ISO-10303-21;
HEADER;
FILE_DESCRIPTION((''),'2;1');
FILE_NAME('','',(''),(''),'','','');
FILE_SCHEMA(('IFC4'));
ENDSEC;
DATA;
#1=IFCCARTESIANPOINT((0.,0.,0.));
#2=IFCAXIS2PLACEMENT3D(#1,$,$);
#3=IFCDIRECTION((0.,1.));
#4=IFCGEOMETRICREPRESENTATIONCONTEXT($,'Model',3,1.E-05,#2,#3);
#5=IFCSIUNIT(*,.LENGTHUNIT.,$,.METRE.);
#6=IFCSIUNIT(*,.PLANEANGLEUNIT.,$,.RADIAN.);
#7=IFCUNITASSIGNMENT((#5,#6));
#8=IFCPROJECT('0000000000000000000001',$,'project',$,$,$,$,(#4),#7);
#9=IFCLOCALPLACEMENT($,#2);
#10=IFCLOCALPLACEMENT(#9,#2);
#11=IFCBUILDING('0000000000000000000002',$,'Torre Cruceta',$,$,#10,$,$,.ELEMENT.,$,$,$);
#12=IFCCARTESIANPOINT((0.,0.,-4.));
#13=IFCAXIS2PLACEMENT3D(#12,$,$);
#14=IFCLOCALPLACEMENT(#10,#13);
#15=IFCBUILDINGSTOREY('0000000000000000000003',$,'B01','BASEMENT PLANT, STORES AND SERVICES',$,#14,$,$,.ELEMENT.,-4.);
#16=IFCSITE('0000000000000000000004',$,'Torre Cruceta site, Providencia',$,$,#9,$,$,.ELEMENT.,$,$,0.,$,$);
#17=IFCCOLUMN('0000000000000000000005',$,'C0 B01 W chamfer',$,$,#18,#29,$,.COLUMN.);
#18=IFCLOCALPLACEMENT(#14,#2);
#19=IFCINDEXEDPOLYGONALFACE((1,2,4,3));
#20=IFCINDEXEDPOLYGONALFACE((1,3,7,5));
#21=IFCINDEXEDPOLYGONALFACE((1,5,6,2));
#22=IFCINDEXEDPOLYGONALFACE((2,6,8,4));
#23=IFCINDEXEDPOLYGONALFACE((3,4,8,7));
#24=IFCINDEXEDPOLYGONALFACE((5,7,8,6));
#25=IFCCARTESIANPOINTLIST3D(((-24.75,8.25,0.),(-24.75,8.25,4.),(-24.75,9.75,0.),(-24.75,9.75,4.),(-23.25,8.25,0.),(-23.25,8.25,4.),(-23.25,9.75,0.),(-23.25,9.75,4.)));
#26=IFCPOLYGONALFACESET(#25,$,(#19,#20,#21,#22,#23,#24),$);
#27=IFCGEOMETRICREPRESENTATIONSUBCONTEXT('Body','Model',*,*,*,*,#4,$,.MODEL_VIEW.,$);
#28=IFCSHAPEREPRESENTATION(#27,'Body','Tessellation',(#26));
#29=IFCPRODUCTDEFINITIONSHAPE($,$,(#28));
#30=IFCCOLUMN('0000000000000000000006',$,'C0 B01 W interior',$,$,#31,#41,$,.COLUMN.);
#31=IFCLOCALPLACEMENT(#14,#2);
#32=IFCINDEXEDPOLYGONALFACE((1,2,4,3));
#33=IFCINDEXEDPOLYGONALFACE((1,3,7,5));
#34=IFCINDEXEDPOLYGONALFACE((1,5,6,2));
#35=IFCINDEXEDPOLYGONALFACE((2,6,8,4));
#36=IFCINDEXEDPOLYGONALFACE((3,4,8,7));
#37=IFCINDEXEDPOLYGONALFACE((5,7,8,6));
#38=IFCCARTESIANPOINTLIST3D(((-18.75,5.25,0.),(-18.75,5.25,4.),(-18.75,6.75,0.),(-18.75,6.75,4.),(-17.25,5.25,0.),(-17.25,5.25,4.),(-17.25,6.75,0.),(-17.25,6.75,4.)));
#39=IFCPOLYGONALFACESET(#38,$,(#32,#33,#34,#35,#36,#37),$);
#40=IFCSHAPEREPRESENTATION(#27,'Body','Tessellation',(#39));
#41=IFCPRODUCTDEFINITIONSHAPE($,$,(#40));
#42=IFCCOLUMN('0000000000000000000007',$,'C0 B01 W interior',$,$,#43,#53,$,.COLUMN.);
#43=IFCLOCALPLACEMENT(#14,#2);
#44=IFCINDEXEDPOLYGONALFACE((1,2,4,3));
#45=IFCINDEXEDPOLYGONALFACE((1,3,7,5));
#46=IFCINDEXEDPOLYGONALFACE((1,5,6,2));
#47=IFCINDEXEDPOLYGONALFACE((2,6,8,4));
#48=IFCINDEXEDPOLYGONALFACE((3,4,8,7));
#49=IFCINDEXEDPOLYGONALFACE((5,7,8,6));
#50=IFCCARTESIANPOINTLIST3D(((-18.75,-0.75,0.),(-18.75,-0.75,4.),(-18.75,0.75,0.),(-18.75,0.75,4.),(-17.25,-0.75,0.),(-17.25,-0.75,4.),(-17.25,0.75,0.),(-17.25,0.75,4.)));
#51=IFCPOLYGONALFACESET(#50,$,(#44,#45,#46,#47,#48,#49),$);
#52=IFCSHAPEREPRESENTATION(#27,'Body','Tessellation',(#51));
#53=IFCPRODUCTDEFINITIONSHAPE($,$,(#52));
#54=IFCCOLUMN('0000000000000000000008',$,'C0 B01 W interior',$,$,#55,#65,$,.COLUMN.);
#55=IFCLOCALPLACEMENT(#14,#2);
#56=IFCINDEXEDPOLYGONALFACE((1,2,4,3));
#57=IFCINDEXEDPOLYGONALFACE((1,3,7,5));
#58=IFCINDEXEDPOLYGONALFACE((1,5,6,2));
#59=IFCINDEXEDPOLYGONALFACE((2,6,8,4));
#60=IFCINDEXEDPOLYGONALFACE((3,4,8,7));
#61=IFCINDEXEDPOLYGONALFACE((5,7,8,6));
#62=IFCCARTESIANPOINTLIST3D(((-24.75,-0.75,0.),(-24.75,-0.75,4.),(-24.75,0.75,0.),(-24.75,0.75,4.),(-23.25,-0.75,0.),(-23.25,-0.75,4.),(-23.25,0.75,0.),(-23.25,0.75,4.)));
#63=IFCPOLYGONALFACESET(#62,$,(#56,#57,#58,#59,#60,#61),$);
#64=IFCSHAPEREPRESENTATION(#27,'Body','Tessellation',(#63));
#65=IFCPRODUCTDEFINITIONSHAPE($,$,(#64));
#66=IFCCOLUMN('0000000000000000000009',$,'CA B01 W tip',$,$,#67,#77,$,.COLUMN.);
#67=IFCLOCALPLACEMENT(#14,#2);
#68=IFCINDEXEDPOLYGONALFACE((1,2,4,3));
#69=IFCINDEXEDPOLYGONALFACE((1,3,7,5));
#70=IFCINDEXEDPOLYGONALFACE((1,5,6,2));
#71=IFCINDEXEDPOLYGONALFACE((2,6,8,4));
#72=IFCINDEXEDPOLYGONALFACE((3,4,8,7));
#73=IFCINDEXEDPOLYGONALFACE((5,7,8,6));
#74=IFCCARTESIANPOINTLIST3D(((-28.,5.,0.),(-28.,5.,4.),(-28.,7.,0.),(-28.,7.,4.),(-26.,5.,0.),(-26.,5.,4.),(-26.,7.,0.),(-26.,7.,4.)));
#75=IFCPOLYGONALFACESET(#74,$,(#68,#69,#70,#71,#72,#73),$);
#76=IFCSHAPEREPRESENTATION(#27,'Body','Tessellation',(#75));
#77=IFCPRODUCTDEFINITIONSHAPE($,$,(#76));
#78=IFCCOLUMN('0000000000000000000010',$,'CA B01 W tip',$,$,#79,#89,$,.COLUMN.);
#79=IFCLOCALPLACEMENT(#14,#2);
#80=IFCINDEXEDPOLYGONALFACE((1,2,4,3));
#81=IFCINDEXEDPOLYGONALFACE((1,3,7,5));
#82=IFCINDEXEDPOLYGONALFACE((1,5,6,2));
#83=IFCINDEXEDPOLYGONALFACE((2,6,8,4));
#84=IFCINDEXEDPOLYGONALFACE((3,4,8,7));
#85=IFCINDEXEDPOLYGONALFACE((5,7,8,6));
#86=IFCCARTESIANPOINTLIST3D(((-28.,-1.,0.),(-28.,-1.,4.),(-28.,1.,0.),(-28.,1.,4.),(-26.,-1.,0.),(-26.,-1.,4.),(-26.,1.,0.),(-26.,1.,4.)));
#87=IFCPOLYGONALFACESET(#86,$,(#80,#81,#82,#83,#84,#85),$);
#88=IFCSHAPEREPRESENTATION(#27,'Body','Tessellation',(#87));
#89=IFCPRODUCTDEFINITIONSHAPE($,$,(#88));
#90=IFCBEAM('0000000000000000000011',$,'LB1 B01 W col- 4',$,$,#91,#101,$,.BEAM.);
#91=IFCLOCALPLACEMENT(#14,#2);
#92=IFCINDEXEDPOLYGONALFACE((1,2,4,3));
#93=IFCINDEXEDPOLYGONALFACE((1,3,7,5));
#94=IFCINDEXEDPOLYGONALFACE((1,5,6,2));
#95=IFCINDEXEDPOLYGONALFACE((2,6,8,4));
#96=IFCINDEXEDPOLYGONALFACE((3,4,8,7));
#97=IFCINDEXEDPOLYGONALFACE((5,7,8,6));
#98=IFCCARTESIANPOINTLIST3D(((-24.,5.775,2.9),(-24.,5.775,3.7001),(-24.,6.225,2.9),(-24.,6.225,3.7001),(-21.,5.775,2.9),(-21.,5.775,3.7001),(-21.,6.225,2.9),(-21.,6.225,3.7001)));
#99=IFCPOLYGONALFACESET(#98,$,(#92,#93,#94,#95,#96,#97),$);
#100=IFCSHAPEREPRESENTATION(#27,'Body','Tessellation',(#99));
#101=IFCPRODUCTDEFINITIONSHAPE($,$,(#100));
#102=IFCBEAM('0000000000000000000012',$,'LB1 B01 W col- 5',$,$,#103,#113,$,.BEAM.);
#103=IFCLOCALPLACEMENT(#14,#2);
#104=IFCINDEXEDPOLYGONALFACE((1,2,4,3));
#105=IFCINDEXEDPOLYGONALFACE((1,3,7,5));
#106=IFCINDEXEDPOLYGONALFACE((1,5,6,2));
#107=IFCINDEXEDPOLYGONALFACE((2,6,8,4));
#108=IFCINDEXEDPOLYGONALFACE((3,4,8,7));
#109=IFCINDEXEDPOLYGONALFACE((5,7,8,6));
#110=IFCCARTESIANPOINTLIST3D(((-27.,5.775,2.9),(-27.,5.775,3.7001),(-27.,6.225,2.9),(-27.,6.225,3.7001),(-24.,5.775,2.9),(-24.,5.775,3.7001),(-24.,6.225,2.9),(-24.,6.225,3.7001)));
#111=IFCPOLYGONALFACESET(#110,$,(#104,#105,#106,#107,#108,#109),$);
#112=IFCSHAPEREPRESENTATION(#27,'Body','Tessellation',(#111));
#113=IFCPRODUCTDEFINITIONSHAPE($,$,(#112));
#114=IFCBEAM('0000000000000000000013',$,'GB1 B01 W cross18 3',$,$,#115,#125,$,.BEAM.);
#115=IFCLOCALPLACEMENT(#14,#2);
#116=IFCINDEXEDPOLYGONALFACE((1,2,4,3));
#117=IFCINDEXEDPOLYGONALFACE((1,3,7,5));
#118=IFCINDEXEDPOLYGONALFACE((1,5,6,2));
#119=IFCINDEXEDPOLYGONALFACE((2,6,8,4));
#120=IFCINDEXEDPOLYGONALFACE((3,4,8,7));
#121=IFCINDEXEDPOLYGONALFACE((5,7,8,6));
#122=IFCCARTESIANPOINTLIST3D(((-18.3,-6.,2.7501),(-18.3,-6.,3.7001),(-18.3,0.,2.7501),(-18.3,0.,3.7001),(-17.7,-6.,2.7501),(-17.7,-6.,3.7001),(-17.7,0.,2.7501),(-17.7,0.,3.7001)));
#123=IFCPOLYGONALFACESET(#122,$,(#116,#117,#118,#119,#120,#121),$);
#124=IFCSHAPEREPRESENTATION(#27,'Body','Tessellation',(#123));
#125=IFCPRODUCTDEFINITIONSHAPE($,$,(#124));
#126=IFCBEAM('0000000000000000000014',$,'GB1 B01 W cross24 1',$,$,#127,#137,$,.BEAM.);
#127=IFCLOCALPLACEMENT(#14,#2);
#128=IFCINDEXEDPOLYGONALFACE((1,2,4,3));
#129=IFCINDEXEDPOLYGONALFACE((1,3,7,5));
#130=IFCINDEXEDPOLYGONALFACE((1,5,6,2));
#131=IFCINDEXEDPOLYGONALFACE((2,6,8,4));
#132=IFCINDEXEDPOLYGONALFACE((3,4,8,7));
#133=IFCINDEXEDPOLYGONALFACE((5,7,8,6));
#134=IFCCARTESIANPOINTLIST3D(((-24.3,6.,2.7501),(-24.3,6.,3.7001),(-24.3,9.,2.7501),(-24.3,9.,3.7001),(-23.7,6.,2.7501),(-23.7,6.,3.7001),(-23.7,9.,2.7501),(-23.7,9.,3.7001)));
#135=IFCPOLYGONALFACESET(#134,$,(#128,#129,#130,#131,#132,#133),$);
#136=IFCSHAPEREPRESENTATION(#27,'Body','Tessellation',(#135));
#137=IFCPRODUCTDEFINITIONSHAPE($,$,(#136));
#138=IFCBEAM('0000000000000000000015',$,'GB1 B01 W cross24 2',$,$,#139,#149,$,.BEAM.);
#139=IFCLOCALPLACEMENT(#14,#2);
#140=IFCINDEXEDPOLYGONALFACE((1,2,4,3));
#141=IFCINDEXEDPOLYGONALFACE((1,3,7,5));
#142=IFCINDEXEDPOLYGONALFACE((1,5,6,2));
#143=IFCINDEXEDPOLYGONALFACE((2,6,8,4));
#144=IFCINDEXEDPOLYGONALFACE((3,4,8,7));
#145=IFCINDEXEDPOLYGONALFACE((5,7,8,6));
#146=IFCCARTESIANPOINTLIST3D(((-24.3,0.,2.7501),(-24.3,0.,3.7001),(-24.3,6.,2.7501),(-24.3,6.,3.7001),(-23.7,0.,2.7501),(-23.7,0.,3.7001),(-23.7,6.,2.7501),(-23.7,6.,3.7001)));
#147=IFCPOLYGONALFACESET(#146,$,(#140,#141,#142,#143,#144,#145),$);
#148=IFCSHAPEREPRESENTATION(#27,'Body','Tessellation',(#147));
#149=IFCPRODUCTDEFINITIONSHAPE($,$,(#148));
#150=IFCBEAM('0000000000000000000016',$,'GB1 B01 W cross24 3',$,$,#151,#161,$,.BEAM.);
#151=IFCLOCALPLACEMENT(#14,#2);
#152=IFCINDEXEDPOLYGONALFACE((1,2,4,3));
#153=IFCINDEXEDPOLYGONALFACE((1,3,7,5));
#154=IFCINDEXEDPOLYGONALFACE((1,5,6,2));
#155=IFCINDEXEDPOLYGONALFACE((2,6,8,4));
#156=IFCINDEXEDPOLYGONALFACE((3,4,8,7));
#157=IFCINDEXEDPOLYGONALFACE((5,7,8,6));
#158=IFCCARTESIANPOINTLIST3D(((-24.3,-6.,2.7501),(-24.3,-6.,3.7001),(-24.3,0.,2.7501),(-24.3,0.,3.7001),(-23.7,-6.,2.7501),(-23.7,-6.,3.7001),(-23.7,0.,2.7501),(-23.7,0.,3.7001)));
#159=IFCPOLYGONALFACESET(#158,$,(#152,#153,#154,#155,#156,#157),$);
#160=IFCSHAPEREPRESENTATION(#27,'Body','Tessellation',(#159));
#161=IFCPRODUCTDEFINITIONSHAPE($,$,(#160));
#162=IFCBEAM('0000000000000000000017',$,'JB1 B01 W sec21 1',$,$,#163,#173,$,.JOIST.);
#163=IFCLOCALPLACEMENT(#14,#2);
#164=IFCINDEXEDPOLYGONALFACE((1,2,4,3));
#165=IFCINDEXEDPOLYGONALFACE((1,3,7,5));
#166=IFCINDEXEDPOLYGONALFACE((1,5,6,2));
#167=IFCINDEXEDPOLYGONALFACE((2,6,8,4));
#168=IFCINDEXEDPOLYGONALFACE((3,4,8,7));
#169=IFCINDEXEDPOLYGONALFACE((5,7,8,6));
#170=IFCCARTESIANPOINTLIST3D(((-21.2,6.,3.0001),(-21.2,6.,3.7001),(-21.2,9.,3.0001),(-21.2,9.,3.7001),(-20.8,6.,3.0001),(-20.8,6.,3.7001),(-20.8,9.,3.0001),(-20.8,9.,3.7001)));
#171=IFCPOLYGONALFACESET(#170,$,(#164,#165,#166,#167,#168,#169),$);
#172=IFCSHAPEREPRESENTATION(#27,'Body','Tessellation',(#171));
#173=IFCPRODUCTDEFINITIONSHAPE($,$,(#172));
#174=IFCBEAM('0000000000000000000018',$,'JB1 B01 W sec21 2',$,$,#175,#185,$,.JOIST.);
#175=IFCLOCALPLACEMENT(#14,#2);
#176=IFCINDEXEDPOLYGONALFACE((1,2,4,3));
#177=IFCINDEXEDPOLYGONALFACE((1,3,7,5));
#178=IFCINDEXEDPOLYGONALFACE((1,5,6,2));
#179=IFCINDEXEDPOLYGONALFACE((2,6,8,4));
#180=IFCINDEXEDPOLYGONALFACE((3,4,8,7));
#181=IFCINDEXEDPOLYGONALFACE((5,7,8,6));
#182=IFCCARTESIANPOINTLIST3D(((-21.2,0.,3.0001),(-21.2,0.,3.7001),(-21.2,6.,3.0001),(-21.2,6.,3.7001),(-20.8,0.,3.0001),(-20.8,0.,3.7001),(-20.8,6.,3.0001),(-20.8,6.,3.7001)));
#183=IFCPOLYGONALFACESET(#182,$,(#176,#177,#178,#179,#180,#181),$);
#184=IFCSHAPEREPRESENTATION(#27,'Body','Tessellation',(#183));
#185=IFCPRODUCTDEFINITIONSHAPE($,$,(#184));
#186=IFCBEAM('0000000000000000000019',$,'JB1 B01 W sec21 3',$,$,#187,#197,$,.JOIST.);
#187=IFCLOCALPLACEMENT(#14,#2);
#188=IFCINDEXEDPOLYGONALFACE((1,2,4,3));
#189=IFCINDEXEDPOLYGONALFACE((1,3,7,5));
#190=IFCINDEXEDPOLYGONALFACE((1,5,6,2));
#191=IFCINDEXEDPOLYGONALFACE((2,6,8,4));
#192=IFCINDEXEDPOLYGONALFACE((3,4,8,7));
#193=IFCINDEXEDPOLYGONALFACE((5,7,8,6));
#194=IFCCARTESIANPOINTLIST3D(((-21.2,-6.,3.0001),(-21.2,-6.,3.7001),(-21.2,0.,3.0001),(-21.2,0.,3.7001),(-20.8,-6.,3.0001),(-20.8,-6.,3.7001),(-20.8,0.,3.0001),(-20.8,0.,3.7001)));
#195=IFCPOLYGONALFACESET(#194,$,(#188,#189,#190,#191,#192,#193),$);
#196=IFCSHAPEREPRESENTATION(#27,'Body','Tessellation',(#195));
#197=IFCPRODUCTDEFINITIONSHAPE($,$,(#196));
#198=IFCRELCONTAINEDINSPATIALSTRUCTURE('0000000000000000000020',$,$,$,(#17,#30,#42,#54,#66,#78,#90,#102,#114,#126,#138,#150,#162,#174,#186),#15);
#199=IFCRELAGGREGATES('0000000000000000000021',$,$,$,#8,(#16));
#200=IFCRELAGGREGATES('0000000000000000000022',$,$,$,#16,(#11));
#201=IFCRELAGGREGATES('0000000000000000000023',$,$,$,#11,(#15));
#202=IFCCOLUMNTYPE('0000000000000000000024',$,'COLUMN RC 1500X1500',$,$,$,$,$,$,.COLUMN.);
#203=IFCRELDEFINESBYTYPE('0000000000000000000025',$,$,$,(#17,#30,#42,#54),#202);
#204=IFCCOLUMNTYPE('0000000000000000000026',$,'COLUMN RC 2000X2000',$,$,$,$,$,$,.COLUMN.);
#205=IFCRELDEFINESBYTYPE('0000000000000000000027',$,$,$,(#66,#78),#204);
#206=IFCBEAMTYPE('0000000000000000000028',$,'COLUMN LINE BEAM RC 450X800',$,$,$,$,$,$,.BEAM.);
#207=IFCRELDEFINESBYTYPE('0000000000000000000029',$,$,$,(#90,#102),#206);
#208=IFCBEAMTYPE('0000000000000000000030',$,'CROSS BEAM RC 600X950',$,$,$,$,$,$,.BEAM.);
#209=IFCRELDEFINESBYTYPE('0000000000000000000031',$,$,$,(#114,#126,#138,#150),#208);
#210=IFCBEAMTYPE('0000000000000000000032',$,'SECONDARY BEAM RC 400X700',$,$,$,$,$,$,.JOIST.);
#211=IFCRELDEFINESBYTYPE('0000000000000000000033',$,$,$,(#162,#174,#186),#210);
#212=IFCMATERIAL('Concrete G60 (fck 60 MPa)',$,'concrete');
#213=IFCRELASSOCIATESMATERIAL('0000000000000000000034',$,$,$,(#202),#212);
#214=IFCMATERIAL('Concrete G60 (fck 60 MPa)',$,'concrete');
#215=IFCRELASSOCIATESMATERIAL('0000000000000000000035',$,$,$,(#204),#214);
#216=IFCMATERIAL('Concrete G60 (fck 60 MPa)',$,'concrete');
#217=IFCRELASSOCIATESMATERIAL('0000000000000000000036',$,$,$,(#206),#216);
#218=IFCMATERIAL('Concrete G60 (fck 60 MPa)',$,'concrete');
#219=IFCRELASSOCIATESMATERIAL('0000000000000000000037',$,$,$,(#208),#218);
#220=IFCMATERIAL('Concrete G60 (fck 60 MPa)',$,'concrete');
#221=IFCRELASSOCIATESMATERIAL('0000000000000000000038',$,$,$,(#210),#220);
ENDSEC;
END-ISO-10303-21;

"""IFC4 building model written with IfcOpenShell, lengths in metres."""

from ifc_helpers import new_model, si_unit, direction, frame, origin, origin_2d, place, context, subcontext, project, spatial, rectangle, extrude, material, material_profile, profile_set, type_object, element, save


model = new_model("IFC4")

# Units and contexts
model_context = context("Model", 3, precision=1e-05, world=origin(), true_north=direction((0.0, 1.0)))
body_context = subcontext(model_context, "Body", "Model", "MODEL_VIEW")
ifc_project = project(units=[si_unit("LENGTHUNIT", "METRE"), si_unit("PLANEANGLEUNIT", "RADIAN")], contexts=[model_context])

# Site, building, storey
site_placement = place(None, origin())
site = spatial("IfcSite", under=ifc_project, at=site_placement, Name="Torre Cruceta site, Providencia", CompositionType="ELEMENT", RefElevation=0.0)
building_placement = place(site_placement, origin())
building = spatial("IfcBuilding", under=site, at=building_placement, Name="Torre Cruceta", CompositionType="ELEMENT")
storey_placement = place(building_placement, frame((0.0, 0.0, -4.0)))
storey = spatial("IfcBuildingStorey", under=building, at=storey_placement, Name="B01", Description="BASEMENT PLANT, STORES AND SERVICES", CompositionType="ELEMENT", Elevation=-4.0)

# Columns
ifc_material_1 = material(Name="Concrete G60 (fck 60 MPa)", Category="concrete")
ifc_material_profile_1 = material_profile(ifc_material_1, rectangle(XDim=1.5, YDim=1.5, at=origin_2d()), Name="RC 1500X1500")
ifc_profile_set_1 = profile_set([ifc_material_profile_1], Name="Concrete G60 (fck 60 MPa)")
column_type_1 = type_object("IfcColumnType", Name="COLUMN RC 1500X1500", PredefinedType="COLUMN", material=ifc_profile_set_1)
for number, where, z_axis, x_axis, name in (
    (1, (-24.0, 9.0, 0.0), (0.0, 0.0, 1.0), (1.0, 0.0, 0.0), "C0 B01 W chamfer"),
    (2, (-18.0, 6.0, 0.0), (0.0, 0.0, 1.0), (1.0, 0.0, 0.0), "C0 B01 W interior"),
    (3, (-18.0, 0.0, 0.0), (0.0, 0.0, 1.0), (1.0, 0.0, 0.0), "C0 B01 W interior"),
    (4, (-24.0, 0.0, 0.0), (0.0, 0.0, 1.0), (1.0, 0.0, 0.0), "C0 B01 W interior"),
):
    element("IfcColumn", number, at=place(storey_placement, frame(where, z_axis=z_axis, x_axis=x_axis)), inside=storey, type_object=column_type_1, Name=name, PredefinedType="COLUMN", context=body_context, shape_type="SweptSolid", body=[
        extrude(rectangle(XDim=1.5, YDim=1.5, at=origin_2d()), origin(), (0.0, 0.0, 1.0), 4.0),
    ])
ifc_material_2 = material(Name="Concrete G60 (fck 60 MPa)", Category="concrete")
ifc_material_profile_2 = material_profile(ifc_material_2, rectangle(XDim=2.0, YDim=2.0, at=origin_2d()), Name="RC 2000X2000")
ifc_profile_set_2 = profile_set([ifc_material_profile_2], Name="Concrete G60 (fck 60 MPa)")
column_type_2 = type_object("IfcColumnType", Name="COLUMN RC 2000X2000", PredefinedType="COLUMN", material=ifc_profile_set_2)
for number, where, z_axis, x_axis, name in (
    (5, (-27.0, 6.0, 0.0), (0.0, 0.0, 1.0), (1.0, 0.0, 0.0), "CA B01 W tip"),
    (6, (-27.0, 0.0, 0.0), (0.0, 0.0, 1.0), (1.0, 0.0, 0.0), "CA B01 W tip"),
):
    element("IfcColumn", number, at=place(storey_placement, frame(where, z_axis=z_axis, x_axis=x_axis)), inside=storey, type_object=column_type_2, Name=name, PredefinedType="COLUMN", context=body_context, shape_type="SweptSolid", body=[
        extrude(rectangle(XDim=2.0, YDim=2.0, at=origin_2d()), origin(), (0.0, 0.0, 1.0), 4.0),
    ])

# Beams
ifc_material_3 = material(Name="Concrete G60 (fck 60 MPa)", Category="concrete")
ifc_material_profile_3 = material_profile(ifc_material_3, rectangle(XDim=0.45, YDim=0.8, at=origin_2d()), Name="RC 450X800")
ifc_profile_set_3 = profile_set([ifc_material_profile_3], Name="Concrete G60 (fck 60 MPa)")
beam_type_1 = type_object("IfcBeamType", Name="COLUMN LINE BEAM RC 450X800", PredefinedType="BEAM", material=ifc_profile_set_3)
for number, where, z_axis, x_axis, name in (
    (7, (-21.0, 6.0, 3.3), (-1.0, 0.0, 0.0), (0.0, -1.0, 0.0), "LB1 B01 W col- 4"),
    (8, (-24.0, 6.0, 3.3), (-1.0, 0.0, 0.0), (0.0, -1.0, 0.0), "LB1 B01 W col- 5"),
):
    element("IfcBeam", number, at=place(storey_placement, frame(where, z_axis=z_axis, x_axis=x_axis)), inside=storey, type_object=beam_type_1, Name=name, PredefinedType="BEAM", context=body_context, shape_type="SweptSolid", body=[
        extrude(rectangle(XDim=0.45, YDim=0.8, at=origin_2d()), origin(), (0.0, 0.0, 1.0), 3.0),
    ])
ifc_material_4 = material(Name="Concrete G60 (fck 60 MPa)", Category="concrete")
ifc_material_profile_4 = material_profile(ifc_material_4, rectangle(XDim=0.6001, YDim=0.95, at=origin_2d()), Name="RC 600X950")
ifc_profile_set_4 = profile_set([ifc_material_profile_4], Name="Concrete G60 (fck 60 MPa)")
beam_type_2 = type_object("IfcBeamType", Name="CROSS BEAM RC 600X950", PredefinedType="BEAM", material=ifc_profile_set_4)
beam_1_placement = place(storey_placement, frame((-18.0, 0.0, 3.2251), z_axis=(0.0, -1.0, 0.0), x_axis=(1.0, 0.0, 0.0)))
element("IfcBeam", 9, at=beam_1_placement, inside=storey, type_object=beam_type_2, Name="GB1 B01 W cross18 3", PredefinedType="BEAM", context=body_context, shape_type="SweptSolid", body=[
    extrude(rectangle(XDim=0.6001, YDim=0.95, at=origin_2d()), origin(), (0.0, 0.0, 1.0), 6.0),
])
beam_2_placement = place(storey_placement, frame((-24.0, 9.0, 3.2251), z_axis=(0.0, -1.0, 0.0), x_axis=(1.0, 0.0, 0.0)))
element("IfcBeam", 10, at=beam_2_placement, inside=storey, type_object=beam_type_2, Name="GB1 B01 W cross24 1", PredefinedType="BEAM", context=body_context, shape_type="SweptSolid", body=[
    extrude(rectangle(XDim=0.6001, YDim=0.95, at=origin_2d()), origin(), (0.0, 0.0, 1.0), 3.0),
])
for number, where, z_axis, x_axis, name in (
    (11, (-24.0, 6.0, 3.2251), (0.0, -1.0, 0.0), (1.0, 0.0, 0.0), "GB1 B01 W cross24 2"),
    (12, (-24.0, 0.0, 3.2251), (0.0, -1.0, 0.0), (1.0, 0.0, 0.0), "GB1 B01 W cross24 3"),
):
    element("IfcBeam", number, at=place(storey_placement, frame(where, z_axis=z_axis, x_axis=x_axis)), inside=storey, type_object=beam_type_2, Name=name, PredefinedType="BEAM", context=body_context, shape_type="SweptSolid", body=[
        extrude(rectangle(XDim=0.6001, YDim=0.95, at=origin_2d()), origin(), (0.0, 0.0, 1.0), 6.0),
    ])
ifc_material_5 = material(Name="Concrete G60 (fck 60 MPa)", Category="concrete")
ifc_material_profile_5 = material_profile(ifc_material_5, rectangle(XDim=0.3999, YDim=0.7, at=origin_2d()), Name="RC 400X700")
ifc_profile_set_5 = profile_set([ifc_material_profile_5], Name="Concrete G60 (fck 60 MPa)")
beam_type_3 = type_object("IfcBeamType", Name="SECONDARY BEAM RC 400X700", PredefinedType="JOIST", material=ifc_profile_set_5)
beam_3_placement = place(storey_placement, frame((-21.0, 9.0, 3.3501), z_axis=(0.0, -1.0, 0.0), x_axis=(1.0, 0.0, 0.0)))
element("IfcBeam", 13, at=beam_3_placement, inside=storey, type_object=beam_type_3, Name="JB1 B01 W sec21 1", PredefinedType="JOIST", context=body_context, shape_type="SweptSolid", body=[
    extrude(rectangle(XDim=0.3999, YDim=0.7, at=origin_2d()), origin(), (0.0, 0.0, 1.0), 3.0),
])
for number, where, z_axis, x_axis, name in (
    (14, (-21.0, 6.0, 3.3501), (0.0, -1.0, 0.0), (1.0, 0.0, 0.0), "JB1 B01 W sec21 2"),
    (15, (-21.0, 0.0, 3.3501), (0.0, -1.0, 0.0), (1.0, 0.0, 0.0), "JB1 B01 W sec21 3"),
):
    element("IfcBeam", number, at=place(storey_placement, frame(where, z_axis=z_axis, x_axis=x_axis)), inside=storey, type_object=beam_type_3, Name=name, PredefinedType="JOIST", context=body_context, shape_type="SweptSolid", body=[
        extrude(rectangle(XDim=0.3999, YDim=0.7, at=origin_2d()), origin(), (0.0, 0.0, 1.0), 6.0),
    ])

save(model, "model.ifc")
